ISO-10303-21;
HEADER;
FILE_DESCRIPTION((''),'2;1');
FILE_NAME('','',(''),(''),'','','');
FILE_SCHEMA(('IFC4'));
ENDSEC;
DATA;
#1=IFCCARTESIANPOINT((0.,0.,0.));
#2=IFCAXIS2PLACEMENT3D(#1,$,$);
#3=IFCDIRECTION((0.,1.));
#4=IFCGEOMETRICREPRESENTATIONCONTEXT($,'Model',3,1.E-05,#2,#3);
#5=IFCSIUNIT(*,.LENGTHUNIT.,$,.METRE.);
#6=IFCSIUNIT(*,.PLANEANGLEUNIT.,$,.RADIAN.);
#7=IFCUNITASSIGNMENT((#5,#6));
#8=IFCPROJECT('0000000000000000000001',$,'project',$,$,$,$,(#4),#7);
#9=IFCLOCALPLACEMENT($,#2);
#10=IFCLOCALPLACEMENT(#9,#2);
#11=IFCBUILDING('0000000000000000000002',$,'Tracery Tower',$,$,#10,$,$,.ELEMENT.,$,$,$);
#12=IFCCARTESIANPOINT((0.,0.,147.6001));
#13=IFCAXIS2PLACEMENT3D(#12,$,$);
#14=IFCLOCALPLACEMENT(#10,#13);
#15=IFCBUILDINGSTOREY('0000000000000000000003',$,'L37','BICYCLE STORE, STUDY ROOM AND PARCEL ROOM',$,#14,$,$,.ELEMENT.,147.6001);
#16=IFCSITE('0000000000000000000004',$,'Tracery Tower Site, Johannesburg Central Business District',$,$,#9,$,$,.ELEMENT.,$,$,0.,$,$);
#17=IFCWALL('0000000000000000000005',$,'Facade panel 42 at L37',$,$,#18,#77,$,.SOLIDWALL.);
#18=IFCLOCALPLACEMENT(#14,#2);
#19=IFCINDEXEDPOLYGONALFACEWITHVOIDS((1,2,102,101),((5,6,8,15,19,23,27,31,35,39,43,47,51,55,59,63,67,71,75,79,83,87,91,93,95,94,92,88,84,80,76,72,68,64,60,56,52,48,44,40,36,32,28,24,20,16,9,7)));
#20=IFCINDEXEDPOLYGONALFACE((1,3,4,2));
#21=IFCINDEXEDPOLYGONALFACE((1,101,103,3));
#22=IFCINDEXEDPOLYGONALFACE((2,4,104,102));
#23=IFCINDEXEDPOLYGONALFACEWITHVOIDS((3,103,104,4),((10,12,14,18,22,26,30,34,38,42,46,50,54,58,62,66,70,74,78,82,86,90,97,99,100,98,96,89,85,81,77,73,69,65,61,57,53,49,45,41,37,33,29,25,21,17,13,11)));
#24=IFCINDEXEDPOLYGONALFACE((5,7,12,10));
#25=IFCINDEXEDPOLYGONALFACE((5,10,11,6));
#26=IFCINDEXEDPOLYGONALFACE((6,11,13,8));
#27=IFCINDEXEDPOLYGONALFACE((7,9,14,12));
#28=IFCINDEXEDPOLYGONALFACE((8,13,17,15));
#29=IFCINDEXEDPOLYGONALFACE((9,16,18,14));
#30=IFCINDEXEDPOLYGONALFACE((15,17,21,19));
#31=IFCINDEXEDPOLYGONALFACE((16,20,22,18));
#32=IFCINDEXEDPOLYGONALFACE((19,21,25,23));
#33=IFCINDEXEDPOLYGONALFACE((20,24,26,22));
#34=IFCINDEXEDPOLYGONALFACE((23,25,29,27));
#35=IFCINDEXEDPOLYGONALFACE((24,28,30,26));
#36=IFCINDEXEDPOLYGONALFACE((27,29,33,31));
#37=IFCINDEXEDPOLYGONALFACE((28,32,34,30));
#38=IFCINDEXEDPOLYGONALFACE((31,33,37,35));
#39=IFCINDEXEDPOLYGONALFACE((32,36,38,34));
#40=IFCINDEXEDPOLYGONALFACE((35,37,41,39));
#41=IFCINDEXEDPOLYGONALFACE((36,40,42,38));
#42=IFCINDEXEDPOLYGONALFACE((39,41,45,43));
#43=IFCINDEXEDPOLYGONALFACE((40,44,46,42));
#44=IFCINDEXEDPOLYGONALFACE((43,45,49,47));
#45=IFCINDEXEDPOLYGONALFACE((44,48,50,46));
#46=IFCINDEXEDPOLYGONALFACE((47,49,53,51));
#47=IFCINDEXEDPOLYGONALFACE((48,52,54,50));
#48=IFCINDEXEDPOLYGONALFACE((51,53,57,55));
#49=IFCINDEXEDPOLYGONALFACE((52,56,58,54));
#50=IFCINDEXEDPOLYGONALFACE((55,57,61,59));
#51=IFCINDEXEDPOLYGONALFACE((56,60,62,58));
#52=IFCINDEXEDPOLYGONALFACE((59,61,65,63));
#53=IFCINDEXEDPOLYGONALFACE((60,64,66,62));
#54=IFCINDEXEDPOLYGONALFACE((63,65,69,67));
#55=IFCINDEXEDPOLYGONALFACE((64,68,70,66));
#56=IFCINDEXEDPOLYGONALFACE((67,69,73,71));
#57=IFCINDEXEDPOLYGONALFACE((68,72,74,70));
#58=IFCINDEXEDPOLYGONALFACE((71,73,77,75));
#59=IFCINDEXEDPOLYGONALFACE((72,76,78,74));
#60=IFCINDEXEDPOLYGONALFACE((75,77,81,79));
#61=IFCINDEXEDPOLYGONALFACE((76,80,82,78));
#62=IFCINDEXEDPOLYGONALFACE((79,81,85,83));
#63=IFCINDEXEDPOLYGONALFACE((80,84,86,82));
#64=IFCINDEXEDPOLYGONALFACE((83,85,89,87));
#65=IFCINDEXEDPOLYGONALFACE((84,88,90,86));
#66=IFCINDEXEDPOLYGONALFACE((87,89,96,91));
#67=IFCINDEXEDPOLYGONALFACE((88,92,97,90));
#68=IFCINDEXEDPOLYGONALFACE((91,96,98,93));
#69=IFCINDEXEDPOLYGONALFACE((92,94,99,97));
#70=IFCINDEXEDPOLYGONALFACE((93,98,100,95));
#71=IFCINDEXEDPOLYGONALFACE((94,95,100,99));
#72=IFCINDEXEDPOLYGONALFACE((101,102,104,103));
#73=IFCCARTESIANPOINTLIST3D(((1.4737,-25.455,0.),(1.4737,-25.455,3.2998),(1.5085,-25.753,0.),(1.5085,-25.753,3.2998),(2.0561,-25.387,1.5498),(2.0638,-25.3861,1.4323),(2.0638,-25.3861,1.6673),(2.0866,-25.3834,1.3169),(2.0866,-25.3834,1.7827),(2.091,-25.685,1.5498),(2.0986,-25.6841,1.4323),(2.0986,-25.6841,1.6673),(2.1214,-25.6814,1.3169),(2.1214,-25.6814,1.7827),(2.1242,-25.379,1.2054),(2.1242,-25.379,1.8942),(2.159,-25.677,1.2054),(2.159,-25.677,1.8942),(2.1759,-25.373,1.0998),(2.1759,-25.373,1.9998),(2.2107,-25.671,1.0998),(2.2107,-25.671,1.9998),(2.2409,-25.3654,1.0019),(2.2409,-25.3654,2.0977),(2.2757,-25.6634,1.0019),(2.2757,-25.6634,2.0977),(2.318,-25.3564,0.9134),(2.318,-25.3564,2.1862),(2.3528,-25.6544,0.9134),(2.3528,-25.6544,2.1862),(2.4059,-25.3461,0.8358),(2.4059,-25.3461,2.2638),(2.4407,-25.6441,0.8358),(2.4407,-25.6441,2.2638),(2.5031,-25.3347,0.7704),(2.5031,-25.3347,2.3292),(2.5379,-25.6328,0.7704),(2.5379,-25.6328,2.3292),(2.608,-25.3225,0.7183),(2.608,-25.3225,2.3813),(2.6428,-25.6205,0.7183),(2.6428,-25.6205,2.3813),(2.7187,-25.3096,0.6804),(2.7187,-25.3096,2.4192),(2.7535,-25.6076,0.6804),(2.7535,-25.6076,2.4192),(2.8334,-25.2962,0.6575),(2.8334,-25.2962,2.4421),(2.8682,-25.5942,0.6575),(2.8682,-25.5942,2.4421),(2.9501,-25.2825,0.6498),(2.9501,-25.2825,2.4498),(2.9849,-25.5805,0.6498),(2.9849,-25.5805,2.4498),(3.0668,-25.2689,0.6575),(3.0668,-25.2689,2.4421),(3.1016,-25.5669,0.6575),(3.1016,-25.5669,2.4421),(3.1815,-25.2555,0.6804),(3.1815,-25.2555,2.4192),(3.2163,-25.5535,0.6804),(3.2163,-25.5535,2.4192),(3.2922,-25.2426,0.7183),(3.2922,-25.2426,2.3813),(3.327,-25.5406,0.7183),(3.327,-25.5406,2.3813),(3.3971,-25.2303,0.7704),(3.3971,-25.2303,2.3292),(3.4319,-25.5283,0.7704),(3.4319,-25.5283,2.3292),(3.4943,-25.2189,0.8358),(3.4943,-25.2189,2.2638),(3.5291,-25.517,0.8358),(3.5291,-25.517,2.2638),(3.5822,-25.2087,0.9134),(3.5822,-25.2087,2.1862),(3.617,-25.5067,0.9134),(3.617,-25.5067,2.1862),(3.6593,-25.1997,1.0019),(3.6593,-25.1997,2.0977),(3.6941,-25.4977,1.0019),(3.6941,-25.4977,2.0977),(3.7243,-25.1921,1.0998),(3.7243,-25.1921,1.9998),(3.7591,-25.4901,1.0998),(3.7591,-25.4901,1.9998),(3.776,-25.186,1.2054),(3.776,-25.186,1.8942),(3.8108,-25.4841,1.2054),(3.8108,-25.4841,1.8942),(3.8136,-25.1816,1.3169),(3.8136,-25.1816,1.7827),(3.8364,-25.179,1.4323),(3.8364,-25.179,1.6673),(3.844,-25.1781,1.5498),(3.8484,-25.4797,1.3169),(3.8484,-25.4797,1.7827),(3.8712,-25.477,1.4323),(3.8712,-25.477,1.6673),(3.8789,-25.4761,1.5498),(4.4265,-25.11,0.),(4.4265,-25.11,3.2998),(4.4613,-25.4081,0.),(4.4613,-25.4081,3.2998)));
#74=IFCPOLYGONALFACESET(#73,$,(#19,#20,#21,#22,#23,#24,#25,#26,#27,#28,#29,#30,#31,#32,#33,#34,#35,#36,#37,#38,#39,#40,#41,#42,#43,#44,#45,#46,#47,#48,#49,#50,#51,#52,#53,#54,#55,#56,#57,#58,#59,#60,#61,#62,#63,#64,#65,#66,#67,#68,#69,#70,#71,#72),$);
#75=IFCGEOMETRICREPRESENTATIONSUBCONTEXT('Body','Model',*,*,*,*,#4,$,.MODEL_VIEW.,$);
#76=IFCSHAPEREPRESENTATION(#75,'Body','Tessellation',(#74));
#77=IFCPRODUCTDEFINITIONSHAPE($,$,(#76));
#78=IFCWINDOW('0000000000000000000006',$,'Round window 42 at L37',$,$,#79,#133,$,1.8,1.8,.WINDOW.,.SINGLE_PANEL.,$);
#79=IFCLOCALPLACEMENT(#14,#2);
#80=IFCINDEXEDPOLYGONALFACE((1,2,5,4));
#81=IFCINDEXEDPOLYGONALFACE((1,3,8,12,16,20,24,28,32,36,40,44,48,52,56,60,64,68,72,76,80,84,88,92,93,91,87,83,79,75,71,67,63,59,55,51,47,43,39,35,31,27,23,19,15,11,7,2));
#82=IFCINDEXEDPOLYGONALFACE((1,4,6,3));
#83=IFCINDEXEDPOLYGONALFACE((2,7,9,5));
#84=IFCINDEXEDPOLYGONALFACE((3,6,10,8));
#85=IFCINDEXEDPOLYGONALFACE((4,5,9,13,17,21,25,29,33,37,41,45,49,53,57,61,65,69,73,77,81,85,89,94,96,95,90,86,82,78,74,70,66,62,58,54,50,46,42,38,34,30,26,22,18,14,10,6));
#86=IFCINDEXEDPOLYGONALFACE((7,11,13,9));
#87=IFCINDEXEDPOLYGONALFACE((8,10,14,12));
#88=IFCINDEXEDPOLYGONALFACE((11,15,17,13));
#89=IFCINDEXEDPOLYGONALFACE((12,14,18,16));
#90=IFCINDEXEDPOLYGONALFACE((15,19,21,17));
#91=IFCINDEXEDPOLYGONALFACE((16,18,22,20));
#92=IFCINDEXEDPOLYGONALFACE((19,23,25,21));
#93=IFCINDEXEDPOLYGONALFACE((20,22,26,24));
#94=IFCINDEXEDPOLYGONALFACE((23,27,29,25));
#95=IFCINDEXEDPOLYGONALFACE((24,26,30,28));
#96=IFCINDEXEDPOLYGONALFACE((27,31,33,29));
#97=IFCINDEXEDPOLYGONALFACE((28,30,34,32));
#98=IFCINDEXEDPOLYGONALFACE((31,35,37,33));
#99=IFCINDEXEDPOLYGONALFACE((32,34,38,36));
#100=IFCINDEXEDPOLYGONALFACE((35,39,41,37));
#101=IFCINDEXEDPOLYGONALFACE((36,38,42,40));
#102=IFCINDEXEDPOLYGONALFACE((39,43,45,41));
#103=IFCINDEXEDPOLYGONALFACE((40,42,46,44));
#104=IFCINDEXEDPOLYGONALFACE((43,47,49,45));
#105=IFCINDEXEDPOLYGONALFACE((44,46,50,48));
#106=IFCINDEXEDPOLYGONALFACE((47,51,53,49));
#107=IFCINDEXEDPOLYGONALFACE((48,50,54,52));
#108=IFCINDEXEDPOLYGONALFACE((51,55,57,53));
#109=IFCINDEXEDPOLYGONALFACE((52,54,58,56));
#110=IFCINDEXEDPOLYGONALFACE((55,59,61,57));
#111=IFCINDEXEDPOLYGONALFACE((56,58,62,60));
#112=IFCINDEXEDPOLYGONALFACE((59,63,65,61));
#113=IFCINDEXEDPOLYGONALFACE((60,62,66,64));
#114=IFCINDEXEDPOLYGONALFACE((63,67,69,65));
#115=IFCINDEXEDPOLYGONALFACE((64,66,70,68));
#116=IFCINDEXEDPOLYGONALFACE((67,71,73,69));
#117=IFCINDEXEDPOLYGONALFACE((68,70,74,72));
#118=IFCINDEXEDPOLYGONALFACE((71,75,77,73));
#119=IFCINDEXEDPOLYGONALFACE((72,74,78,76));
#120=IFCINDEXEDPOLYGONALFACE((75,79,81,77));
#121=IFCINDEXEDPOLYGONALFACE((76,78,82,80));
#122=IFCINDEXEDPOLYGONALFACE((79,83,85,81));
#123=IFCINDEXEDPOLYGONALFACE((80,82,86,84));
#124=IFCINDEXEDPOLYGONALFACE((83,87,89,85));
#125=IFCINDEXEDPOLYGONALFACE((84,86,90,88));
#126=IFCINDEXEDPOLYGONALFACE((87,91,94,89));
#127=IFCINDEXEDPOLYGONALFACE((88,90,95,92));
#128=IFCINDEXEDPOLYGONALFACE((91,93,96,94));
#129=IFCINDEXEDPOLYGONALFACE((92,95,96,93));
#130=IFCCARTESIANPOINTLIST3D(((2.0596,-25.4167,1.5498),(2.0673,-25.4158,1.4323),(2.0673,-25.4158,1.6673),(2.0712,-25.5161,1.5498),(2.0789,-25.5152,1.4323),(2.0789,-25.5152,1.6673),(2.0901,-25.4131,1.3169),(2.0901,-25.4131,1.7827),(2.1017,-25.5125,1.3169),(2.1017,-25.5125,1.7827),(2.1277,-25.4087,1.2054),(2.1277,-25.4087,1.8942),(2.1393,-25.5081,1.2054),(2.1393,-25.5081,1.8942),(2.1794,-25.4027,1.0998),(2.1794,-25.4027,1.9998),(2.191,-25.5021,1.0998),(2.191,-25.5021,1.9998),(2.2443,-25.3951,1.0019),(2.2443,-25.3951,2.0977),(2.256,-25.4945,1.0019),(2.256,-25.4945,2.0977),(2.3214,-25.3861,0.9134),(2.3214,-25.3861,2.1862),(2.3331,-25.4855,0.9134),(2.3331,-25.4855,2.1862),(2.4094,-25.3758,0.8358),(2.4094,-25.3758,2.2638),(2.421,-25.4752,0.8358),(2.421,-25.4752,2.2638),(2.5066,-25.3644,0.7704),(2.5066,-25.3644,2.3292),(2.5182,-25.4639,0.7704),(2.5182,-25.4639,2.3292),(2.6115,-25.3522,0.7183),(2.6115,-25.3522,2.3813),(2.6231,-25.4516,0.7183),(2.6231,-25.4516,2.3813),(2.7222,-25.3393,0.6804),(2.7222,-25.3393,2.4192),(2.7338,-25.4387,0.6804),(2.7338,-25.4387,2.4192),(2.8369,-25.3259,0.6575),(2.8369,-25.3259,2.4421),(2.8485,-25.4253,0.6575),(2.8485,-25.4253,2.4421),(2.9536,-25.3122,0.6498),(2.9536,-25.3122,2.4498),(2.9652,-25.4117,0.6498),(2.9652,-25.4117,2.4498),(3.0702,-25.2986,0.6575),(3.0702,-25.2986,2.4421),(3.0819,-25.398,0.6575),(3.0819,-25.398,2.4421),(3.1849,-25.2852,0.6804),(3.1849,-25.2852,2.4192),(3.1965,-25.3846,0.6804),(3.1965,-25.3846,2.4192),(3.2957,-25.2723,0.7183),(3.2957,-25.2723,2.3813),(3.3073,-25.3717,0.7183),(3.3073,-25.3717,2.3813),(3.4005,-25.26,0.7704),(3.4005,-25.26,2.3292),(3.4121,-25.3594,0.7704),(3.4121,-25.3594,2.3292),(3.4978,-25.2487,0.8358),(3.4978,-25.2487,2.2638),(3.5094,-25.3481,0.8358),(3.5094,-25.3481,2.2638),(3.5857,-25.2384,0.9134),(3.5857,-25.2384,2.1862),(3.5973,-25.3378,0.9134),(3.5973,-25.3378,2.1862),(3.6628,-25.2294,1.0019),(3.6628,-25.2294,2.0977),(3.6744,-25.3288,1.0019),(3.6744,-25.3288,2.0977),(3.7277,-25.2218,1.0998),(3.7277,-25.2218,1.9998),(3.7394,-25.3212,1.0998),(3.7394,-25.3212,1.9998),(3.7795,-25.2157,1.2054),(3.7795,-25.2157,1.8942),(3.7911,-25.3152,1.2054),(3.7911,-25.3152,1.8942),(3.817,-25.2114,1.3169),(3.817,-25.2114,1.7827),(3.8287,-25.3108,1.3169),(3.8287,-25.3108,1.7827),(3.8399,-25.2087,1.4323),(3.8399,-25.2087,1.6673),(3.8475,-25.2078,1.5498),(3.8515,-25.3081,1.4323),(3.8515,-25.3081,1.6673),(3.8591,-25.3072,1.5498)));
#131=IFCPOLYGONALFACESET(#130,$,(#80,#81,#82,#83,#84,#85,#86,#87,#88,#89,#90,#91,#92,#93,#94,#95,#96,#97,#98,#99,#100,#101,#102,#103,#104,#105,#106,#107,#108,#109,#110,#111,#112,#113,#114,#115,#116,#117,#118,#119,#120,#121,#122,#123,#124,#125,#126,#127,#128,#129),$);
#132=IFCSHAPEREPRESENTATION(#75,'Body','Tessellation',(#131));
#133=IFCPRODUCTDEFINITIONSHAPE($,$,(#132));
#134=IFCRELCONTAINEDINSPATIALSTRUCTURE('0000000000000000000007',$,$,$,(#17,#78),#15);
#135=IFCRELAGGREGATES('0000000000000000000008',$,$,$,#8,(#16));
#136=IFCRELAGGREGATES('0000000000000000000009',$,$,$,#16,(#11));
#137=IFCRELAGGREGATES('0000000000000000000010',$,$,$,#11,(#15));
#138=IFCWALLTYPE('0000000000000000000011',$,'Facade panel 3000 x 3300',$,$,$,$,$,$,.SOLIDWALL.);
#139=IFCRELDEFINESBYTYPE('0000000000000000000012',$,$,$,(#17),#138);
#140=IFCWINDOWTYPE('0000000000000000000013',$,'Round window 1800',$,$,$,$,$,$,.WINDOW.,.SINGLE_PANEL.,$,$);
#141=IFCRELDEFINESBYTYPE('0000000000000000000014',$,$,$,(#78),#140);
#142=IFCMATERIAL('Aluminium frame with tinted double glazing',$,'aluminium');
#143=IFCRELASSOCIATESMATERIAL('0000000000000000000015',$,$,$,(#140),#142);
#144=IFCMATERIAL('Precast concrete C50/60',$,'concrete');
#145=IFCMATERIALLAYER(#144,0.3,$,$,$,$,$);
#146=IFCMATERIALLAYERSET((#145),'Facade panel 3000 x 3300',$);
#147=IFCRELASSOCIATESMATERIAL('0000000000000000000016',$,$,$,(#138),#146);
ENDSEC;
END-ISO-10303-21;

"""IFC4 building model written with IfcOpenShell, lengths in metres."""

from ifc_helpers import new_model, si_unit, direction, frame, frame_2d, origin, origin_2d, place, context, subcontext, project, spatial, rectangle, circle, extrude, material, layer, layer_set, type_object, element, fill, save


model = new_model("IFC4")

# Units and contexts
model_context = context("Model", 3, precision=1e-05, world=origin(), true_north=direction((0.0, 1.0)))
body_context = subcontext(model_context, "Body", "Model", "MODEL_VIEW")
ifc_project = project(units=[si_unit("LENGTHUNIT", "METRE"), si_unit("PLANEANGLEUNIT", "RADIAN")], contexts=[model_context])

# Site, building, storey
site_placement = place(None, origin())
site = spatial("IfcSite", under=ifc_project, at=site_placement, Name="Tracery Tower Site, Johannesburg Central Business District", CompositionType="ELEMENT", RefElevation=0.0)
building_placement = place(site_placement, origin())
building = spatial("IfcBuilding", under=site, at=building_placement, Name="Tracery Tower", CompositionType="ELEMENT")
storey_placement = place(building_placement, frame((0.0, 0.0, 147.6001)))
storey = spatial("IfcBuildingStorey", under=building, at=storey_placement, Name="L37", Description="BICYCLE STORE, STUDY ROOM AND PARCEL ROOM", CompositionType="ELEMENT", Elevation=147.6001)

# Wall, opening, window
ifc_material_1 = material(Name="Aluminium frame with tinted double glazing", Category="aluminium")
window_type = type_object("IfcWindowType", Name="Round window 1800", PartitioningType="SINGLE_PANEL", PredefinedType="WINDOW", material=ifc_material_1)
ifc_material_2 = material(Name="Precast concrete C50/60", Category="concrete")
ifc_layer_1 = layer(ifc_material_2, 0.3)
ifc_layer_set_1 = layer_set([ifc_layer_1], Name="Facade panel 3000 x 3300")
wall_type_1 = type_object("IfcWallType", Name="Facade panel 3000 x 3300", PredefinedType="SOLIDWALL", material=ifc_layer_set_1)
wall_1_placement = place(storey_placement, frame((1.4912, -25.604, 0.0), z_axis=(0.0, 0.0, 1.0), x_axis=(0.993245, 0.116036, 0.0)))
wall_1 = element("IfcWall", 1, at=wall_1_placement, inside=storey, type_object=wall_type_1, Name="Facade panel 42 at L37", PredefinedType="SOLIDWALL", context=body_context, shape_type="SweptSolid", body=[
    extrude(rectangle(XDim=2.9729, YDim=0.3, at=frame_2d((1.4863, 0.0))), origin(), (0.0, 0.0, 1.0), 3.2998),
])
opening_1_placement = place(wall_1_placement, frame((1.4863, 0.0, 1.5498)))
opening_1 = element("IfcOpeningElement", 2, at=opening_1_placement, cuts=wall_1, PredefinedType="OPENING", context=body_context, shape_type="SweptSolid", body=[
    extrude(circle(Radius=0.9, at=origin_2d()), frame((0.0, 0.1599, 0.0), z_axis=(0.0, -1.0, 0.0), x_axis=(1.0, 0.0, 0.0)), (0.0, 0.0, 1.0), 0.3201),
])
window_1_placement = place(opening_1_placement, origin())
window_1 = element("IfcWindow", 3, at=window_1_placement, inside=storey, type_object=window_type, Name="Round window 42 at L37", OverallHeight=1.8, OverallWidth=1.8, PartitioningType="SINGLE_PANEL", PredefinedType="WINDOW", context=body_context, shape_type="SweptSolid", body=[
    extrude(circle(Radius=0.9, at=origin_2d()), frame((0.0, 0.1201, 0.0), z_axis=(0.0, -1.0, 0.0), x_axis=(1.0, 0.0, 0.0)), (0.0, 0.0, 1.0), 0.1001),
])
fill(opening_1, window_1)

save(model, "model.ifc")
